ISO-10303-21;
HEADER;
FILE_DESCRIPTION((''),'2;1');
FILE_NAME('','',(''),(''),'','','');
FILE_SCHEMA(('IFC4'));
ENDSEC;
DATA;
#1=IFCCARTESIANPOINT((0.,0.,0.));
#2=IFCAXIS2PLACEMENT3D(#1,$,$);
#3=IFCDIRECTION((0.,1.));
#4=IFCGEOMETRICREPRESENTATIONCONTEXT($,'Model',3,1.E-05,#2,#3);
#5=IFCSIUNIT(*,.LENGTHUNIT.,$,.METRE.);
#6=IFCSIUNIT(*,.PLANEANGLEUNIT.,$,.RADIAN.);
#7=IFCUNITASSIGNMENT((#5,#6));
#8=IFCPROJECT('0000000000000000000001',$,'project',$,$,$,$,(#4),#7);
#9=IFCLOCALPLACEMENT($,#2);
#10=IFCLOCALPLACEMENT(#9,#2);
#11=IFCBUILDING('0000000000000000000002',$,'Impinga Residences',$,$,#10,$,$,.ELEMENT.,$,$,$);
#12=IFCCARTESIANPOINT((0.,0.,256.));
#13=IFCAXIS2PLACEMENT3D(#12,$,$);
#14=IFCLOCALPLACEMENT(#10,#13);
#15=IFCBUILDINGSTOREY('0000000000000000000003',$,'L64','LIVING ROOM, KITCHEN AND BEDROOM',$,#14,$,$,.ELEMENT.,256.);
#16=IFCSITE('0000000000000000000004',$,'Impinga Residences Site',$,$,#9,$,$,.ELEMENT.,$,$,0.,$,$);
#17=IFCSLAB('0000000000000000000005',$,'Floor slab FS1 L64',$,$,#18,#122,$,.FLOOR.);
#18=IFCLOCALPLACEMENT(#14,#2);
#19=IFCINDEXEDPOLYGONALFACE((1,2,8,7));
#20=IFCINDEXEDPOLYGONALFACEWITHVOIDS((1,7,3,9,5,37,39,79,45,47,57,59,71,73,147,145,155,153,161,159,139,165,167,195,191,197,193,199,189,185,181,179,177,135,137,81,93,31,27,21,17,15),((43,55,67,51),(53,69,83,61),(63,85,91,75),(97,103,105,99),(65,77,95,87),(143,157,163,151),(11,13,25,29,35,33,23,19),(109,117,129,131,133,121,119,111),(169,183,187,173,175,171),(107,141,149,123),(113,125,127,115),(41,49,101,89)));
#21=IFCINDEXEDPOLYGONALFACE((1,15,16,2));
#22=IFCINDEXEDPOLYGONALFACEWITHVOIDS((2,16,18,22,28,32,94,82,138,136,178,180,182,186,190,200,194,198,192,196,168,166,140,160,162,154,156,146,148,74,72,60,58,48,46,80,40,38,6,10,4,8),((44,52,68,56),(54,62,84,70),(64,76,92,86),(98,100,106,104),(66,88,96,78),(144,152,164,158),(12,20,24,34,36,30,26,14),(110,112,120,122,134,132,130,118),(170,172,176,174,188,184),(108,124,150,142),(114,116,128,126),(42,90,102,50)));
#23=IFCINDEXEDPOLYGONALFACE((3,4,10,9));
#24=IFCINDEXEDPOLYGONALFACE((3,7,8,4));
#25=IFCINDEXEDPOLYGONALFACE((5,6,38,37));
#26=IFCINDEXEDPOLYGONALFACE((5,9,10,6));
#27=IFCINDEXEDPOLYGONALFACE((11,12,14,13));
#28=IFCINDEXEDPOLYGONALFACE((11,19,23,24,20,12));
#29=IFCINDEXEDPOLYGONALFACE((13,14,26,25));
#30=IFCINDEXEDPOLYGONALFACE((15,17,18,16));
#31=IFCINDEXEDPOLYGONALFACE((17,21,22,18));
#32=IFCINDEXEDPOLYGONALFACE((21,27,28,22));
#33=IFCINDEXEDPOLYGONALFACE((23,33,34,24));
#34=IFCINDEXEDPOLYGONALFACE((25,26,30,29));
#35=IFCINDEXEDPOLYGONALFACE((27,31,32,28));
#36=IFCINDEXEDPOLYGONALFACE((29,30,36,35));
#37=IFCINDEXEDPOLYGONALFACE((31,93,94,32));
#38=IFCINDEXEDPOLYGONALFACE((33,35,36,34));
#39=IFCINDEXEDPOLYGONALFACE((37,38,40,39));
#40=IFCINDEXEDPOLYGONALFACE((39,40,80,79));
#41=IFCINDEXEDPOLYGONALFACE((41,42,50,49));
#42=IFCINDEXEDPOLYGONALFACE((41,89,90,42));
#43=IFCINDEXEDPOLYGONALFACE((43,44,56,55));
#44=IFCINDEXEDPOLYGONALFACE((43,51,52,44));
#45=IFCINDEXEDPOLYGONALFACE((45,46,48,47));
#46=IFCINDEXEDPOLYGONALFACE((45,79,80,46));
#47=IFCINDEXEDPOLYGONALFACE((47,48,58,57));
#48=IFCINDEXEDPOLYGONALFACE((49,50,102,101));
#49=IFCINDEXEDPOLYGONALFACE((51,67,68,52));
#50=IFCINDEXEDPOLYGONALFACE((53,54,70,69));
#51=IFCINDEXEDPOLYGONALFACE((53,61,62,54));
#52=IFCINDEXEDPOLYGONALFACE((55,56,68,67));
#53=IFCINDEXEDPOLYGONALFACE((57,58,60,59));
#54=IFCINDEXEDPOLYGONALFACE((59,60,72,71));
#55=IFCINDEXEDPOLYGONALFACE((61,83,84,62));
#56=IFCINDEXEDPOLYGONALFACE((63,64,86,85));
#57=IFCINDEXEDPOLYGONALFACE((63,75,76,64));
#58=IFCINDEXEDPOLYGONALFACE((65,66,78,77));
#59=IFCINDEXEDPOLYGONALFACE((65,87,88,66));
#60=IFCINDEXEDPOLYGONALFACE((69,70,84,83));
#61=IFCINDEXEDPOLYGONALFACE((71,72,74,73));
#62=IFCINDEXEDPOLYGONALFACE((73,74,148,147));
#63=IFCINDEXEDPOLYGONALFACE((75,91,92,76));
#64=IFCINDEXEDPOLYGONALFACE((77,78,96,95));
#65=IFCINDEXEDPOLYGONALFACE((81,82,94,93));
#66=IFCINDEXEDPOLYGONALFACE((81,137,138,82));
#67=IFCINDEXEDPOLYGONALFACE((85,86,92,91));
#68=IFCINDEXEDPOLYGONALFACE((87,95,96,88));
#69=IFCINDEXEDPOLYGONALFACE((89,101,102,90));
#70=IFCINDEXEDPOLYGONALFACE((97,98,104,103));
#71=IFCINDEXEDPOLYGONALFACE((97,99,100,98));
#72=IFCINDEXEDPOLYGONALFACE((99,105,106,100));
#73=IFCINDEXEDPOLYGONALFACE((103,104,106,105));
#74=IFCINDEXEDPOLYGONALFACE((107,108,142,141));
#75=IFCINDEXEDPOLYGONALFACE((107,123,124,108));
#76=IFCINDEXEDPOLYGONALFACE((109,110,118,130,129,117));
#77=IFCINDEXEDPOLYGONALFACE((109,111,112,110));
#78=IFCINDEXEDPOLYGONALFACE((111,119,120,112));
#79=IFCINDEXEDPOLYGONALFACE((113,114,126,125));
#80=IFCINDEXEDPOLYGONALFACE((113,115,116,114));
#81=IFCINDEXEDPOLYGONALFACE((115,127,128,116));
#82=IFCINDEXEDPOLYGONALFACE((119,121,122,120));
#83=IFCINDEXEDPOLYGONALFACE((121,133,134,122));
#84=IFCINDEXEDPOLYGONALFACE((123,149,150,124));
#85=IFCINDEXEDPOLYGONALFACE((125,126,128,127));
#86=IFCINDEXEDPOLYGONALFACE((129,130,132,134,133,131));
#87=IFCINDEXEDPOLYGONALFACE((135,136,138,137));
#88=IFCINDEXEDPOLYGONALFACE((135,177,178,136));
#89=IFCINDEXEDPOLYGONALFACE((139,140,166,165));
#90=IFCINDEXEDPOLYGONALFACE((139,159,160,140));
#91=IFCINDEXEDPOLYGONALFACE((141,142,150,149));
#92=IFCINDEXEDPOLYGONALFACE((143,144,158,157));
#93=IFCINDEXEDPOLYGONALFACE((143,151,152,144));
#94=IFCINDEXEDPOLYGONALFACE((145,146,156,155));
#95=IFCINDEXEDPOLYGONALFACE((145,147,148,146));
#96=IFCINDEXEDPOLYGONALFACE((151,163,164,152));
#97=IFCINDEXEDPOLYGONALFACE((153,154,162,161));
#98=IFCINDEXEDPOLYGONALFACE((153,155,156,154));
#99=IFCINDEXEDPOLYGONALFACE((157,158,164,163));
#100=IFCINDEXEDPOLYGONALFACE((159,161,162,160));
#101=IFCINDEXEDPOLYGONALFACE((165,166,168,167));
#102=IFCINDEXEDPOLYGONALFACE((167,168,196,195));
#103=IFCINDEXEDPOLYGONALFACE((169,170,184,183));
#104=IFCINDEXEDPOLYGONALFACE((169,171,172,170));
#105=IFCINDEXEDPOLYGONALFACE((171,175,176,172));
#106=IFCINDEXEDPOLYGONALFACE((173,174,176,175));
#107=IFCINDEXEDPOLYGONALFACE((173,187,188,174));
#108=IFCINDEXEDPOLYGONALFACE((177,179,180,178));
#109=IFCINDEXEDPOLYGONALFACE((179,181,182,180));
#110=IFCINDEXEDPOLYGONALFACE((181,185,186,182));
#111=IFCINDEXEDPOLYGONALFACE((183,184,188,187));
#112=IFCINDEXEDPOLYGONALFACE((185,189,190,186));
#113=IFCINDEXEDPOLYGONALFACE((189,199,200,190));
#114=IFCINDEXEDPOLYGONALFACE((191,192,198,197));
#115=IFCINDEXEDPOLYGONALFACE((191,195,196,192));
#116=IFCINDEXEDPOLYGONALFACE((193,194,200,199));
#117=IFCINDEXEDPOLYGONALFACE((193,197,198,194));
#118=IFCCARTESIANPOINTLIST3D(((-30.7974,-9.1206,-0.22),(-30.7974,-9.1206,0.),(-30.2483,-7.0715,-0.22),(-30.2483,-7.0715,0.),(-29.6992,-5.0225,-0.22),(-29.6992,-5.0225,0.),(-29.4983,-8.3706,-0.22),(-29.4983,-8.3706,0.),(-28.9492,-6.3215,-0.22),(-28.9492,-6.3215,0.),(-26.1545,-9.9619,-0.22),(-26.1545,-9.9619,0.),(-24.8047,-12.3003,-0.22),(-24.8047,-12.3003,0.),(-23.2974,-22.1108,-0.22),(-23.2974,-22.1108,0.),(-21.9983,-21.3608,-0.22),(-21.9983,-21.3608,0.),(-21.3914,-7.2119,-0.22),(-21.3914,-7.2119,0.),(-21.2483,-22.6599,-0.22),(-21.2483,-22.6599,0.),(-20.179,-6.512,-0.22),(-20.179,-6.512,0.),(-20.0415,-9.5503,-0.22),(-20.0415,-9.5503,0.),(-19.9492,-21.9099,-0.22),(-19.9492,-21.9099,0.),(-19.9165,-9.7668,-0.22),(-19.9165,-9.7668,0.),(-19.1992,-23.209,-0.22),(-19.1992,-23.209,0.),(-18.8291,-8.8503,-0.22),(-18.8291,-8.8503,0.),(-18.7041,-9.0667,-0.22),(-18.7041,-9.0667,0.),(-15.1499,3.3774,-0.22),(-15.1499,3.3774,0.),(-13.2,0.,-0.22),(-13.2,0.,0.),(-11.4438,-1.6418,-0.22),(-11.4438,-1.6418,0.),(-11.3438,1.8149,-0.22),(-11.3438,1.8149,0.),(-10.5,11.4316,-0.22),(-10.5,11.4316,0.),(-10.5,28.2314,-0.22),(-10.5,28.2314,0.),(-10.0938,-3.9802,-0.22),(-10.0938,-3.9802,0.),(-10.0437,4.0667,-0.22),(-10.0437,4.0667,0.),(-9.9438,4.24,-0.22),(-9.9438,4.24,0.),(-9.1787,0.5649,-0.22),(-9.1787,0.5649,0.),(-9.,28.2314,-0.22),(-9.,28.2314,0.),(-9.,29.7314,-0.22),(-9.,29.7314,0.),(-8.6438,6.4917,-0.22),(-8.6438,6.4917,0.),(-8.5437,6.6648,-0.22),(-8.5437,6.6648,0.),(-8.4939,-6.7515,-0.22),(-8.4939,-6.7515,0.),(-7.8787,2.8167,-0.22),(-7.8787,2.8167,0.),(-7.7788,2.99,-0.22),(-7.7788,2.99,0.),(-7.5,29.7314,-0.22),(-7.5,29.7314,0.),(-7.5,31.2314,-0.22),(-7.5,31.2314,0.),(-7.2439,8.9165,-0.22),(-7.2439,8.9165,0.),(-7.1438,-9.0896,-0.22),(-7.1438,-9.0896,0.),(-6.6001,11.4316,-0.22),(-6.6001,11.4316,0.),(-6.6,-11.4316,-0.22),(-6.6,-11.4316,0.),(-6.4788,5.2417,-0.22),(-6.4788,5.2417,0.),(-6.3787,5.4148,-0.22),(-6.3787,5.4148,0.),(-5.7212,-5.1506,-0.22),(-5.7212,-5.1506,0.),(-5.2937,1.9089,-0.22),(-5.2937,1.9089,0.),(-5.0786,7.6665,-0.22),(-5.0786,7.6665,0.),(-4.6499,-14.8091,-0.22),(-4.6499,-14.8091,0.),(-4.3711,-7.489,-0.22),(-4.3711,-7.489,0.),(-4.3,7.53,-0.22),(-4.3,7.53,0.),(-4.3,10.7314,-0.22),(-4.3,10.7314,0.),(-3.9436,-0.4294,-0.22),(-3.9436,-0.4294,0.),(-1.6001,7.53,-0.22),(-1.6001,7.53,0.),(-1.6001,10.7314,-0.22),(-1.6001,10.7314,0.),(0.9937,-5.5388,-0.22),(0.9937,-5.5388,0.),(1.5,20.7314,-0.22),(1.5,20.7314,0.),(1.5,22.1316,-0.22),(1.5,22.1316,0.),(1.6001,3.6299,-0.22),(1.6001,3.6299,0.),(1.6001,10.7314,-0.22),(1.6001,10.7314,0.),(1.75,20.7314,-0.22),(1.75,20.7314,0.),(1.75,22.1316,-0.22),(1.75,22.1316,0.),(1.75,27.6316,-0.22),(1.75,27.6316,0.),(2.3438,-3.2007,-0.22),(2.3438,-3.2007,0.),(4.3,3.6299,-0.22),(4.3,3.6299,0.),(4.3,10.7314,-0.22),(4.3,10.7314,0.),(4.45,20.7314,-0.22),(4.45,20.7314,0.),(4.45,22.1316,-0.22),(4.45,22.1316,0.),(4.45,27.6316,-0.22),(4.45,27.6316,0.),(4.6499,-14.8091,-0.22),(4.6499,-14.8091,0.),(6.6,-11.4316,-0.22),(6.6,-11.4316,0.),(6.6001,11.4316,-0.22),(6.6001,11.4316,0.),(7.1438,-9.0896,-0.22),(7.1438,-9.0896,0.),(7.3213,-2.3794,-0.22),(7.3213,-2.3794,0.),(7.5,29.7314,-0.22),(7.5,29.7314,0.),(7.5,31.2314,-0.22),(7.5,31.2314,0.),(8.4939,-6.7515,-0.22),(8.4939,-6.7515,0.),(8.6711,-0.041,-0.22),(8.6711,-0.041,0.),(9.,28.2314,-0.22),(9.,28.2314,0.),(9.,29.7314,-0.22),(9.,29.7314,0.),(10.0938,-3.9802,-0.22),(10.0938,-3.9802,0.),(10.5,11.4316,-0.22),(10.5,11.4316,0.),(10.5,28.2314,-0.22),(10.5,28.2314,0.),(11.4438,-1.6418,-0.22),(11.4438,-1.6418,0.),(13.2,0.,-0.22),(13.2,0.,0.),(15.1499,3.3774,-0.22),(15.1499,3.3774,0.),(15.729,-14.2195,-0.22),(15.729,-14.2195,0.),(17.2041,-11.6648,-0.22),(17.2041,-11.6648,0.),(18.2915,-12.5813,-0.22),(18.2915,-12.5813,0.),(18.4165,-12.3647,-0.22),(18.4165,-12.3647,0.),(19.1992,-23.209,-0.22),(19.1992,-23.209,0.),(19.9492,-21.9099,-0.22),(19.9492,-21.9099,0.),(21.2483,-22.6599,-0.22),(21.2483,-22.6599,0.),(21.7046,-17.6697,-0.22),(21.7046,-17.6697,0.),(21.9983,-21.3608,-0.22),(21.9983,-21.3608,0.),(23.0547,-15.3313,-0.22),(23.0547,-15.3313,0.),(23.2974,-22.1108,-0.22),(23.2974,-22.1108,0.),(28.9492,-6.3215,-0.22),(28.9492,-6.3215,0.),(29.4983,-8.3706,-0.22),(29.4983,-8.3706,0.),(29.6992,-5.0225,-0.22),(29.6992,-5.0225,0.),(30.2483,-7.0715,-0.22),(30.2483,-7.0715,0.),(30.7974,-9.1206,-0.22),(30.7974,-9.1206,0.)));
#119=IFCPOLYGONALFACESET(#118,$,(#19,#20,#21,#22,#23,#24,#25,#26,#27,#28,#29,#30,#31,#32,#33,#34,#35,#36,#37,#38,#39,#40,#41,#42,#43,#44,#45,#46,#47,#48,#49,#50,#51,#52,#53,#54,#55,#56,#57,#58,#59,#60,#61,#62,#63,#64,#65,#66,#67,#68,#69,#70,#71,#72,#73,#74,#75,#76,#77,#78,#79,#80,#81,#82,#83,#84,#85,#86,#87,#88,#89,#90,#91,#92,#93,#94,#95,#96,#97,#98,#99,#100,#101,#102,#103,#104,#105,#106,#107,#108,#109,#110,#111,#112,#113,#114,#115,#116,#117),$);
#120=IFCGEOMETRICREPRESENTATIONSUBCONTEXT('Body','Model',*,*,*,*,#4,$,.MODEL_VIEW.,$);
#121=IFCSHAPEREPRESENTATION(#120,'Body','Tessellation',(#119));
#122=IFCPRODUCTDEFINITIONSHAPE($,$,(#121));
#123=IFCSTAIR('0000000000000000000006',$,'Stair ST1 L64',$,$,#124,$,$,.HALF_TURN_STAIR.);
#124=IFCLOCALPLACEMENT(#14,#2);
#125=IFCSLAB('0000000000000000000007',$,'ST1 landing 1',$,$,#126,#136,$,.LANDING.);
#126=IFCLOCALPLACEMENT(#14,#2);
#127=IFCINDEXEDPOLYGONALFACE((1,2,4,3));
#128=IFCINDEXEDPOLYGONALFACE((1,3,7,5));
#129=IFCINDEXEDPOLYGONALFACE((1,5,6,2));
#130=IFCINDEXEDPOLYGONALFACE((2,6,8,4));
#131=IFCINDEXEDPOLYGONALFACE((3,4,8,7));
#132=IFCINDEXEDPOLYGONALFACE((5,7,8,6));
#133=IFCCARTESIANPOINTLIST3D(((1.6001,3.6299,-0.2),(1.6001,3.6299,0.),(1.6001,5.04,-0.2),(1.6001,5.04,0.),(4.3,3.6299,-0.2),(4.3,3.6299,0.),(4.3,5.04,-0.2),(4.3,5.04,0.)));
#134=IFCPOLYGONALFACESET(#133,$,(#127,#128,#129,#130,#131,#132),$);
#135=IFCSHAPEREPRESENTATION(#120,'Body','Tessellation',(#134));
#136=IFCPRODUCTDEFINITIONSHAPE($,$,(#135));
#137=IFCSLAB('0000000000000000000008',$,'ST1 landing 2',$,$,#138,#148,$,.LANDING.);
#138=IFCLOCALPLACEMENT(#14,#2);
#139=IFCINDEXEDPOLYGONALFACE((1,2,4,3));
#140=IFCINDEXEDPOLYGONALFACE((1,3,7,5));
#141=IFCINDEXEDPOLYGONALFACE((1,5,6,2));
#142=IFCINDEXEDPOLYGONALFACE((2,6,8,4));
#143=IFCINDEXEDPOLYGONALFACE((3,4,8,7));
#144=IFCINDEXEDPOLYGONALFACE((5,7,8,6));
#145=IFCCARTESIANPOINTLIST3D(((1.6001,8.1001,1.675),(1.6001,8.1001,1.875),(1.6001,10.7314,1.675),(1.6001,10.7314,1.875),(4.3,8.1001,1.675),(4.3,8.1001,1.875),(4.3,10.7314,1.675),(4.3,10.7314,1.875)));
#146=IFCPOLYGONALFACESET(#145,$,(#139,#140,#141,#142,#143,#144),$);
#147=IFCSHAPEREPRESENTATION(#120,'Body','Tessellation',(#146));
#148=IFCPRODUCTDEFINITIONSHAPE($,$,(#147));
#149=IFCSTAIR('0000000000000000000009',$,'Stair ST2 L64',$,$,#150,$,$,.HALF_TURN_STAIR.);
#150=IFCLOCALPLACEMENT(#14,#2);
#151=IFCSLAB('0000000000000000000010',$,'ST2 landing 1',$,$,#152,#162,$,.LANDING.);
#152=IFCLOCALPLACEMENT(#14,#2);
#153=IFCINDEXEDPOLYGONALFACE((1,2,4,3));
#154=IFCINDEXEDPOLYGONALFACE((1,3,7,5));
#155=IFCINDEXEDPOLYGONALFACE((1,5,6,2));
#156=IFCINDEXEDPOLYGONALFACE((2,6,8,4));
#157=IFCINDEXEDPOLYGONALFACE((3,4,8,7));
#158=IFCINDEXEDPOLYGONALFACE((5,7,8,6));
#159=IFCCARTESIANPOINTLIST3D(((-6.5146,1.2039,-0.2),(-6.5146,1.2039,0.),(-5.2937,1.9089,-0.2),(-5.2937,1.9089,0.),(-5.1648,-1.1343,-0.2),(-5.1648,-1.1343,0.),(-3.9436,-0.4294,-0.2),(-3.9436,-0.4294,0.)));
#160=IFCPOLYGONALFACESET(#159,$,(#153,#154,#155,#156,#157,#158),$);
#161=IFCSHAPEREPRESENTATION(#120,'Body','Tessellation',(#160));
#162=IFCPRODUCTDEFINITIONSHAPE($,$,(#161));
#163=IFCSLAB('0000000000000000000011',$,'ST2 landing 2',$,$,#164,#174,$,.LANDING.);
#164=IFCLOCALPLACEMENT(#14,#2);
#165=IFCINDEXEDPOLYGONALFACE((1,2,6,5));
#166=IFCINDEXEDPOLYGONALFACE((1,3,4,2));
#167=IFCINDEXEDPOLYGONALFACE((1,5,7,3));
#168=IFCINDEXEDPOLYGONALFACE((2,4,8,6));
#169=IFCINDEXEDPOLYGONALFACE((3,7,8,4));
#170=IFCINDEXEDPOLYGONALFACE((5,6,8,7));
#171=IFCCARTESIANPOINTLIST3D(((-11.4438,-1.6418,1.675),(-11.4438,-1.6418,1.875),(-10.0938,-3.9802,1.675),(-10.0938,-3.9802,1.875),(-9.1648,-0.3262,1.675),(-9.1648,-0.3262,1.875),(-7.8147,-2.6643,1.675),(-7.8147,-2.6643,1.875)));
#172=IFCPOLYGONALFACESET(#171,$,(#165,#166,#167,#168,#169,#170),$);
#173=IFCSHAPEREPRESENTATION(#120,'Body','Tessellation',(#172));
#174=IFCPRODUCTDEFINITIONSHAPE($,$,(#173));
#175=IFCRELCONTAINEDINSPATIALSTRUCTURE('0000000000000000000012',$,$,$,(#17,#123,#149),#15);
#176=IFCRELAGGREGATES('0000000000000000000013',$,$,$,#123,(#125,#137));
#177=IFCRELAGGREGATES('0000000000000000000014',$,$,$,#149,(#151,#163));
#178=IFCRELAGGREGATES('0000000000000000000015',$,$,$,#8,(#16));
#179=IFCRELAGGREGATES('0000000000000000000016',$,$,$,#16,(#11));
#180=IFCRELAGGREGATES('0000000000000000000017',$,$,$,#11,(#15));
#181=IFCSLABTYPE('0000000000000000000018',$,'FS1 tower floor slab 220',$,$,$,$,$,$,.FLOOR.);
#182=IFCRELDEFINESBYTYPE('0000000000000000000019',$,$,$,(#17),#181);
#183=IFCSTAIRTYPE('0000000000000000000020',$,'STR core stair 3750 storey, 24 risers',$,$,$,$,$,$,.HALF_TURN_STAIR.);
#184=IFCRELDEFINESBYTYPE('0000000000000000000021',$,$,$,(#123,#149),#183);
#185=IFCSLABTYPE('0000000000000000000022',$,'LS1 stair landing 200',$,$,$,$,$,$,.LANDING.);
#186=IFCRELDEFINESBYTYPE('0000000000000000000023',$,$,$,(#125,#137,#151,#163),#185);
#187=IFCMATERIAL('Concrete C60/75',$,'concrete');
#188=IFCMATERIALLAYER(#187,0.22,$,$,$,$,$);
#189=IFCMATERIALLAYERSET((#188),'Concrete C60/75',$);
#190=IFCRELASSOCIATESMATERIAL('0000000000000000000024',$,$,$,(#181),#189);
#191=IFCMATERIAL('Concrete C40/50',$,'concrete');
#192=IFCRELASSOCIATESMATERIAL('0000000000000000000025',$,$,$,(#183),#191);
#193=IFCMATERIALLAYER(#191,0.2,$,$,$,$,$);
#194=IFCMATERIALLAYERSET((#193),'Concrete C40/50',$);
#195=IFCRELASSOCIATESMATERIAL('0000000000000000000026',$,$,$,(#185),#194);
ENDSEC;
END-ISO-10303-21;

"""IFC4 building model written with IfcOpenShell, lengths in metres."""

from ifc_helpers import new_model, si_unit, direction, frame, origin, place, context, subcontext, project, spatial, polyline, outline, extrude, material, layer, layer_set, type_object, element, aggregate, save


model = new_model("IFC4")

# Units and contexts
model_context = context("Model", 3, precision=1e-05, world=origin(), true_north=direction((0.0, 1.0)))
body_context = subcontext(model_context, "Body", "Model", "MODEL_VIEW")
ifc_project = project(units=[si_unit("LENGTHUNIT", "METRE"), si_unit("PLANEANGLEUNIT", "RADIAN")], contexts=[model_context])

# Site, building, storey
site_placement = place(None, origin())
site = spatial("IfcSite", under=ifc_project, at=site_placement, Name="Impinga Residences Site", CompositionType="ELEMENT", RefElevation=0.0)
building_placement = place(site_placement, origin())
building = spatial("IfcBuilding", under=site, at=building_placement, Name="Impinga Residences", CompositionType="ELEMENT")
storey_placement = place(building_placement, frame((0.0, 0.0, 256.0)))
storey = spatial("IfcBuildingStorey", under=building, at=storey_placement, Name="L64", Description="LIVING ROOM, KITCHEN AND BEDROOM", CompositionType="ELEMENT", Elevation=256.0)

# Slab
ifc_material_1 = material(Name="Concrete C60/75", Category="concrete")
ifc_layer_1 = layer(ifc_material_1, 0.22)
ifc_layer_set_1 = layer_set([ifc_layer_1], Name="Concrete C60/75")
slab_type_1 = type_object("IfcSlabType", Name="FS1 tower floor slab 220", PredefinedType="FLOOR", material=ifc_layer_set_1)
slab_1_placement = place(storey_placement, frame((0.0, 0.0, -0.22)))
element("IfcSlab", 1, at=slab_1_placement, inside=storey, type_object=slab_type_1, Name="Floor slab FS1 L64", PredefinedType="FLOOR", context=body_context, shape_type="SweptSolid", body=[
    extrude(outline(polyline([(-19.9492, -21.9099), (-21.2483, -22.6599), (-21.9983, -21.3608), (-23.2974, -22.1108), (-30.7974, -9.1206), (-29.4983, -8.3706), (-30.2483, -7.0715), (-28.9492, -6.3215), (-29.6992, -5.0225), (-15.1499, 3.3774), (-13.2, 0.0), (-6.6001, 11.4316), (-10.5, 11.4316), (-10.5, 28.2314), (-9.0, 28.2314), (-9.0, 29.7314), (-7.5, 29.7314), (-7.5, 31.2314), (7.5, 31.2314), (7.5, 29.7314), (9.0, 29.7314), (9.0, 28.2314), (10.5, 28.2314), (10.5, 11.4316), (6.6001, 11.4316), (13.2, 0.0), (15.1499, 3.3774), (29.6992, -5.0225), (28.9492, -6.3215), (30.2483, -7.0715), (29.4983, -8.3706), (30.7974, -9.1206), (23.2974, -22.1108), (21.9983, -21.3608), (21.2483, -22.6599), (19.9492, -21.9099), (19.1992, -23.209), (4.6499, -14.8091), (9.9001, -5.7158), (6.6001, -11.4316), (-6.6001, -11.4316), (-9.9001, -5.7158), (-4.6499, -14.8091), (-19.1992, -23.209), (-19.9492, -21.9099)]), holes=[polyline([(-18.7041, -9.0667), (-18.8291, -8.8503), (-18.8291, -8.8503), (-20.179, -6.512), (-21.3914, -7.2119), (-21.3914, -7.2119), (-26.1545, -9.9619), (-24.8047, -12.3003), (-20.0415, -9.5503), (-19.9165, -9.7668), (-18.7041, -9.0667)]), polyline([(-5.7212, -5.1506), (-8.4939, -6.7515), (-7.1438, -9.0896), (-4.3711, -7.489), (-5.7212, -5.1506)]), polyline([(-5.2937, 1.9089), (-11.4438, -1.6418), (-10.0938, -3.9802), (-3.9436, -0.4294), (-5.2937, 1.9089)]), polyline([(-7.8787, 2.8167), (-10.0437, 4.0667), (-11.3438, 1.8149), (-9.1787, 0.5649), (-7.8787, 2.8167)]), polyline([(-6.4788, 5.2417), (-8.6438, 6.4917), (-9.9438, 4.24), (-7.7788, 2.99), (-6.4788, 5.2417)]), polyline([(-6.3787, 5.4148), (-5.0786, 7.6665), (-7.2439, 8.9165), (-8.5437, 6.6648), (-6.3787, 5.4148)]), polyline([(-4.3, 7.53), (-1.6001, 7.53), (-1.6001, 10.7314), (-4.3, 10.7314), (-4.3, 7.53)]), polyline([(15.729, -14.2195), (21.7046, -17.6697), (23.0547, -15.3313), (18.2915, -12.5813), (18.4165, -12.3647), (17.2041, -11.6648), (15.729, -14.2195)]), polyline([(0.9937, -5.5388), (7.1438, -9.0896), (8.4939, -6.7515), (2.3438, -3.2007), (0.9937, -5.5388)]), polyline([(7.3213, -2.3794), (10.0938, -3.9802), (11.4438, -1.6418), (8.6711, -0.041), (7.3213, -2.3794)]), polyline([(4.3, 3.6299), (4.3, 10.7314), (1.6001, 10.7314), (1.6001, 3.6299), (4.3, 3.6299)]), polyline([(1.75, 22.1316), (1.5, 22.1316), (1.5, 20.7314), (1.75, 20.7314), (4.45, 20.7314), (4.45, 22.1316), (4.45, 27.6316), (1.75, 27.6316), (1.75, 22.1316)])]), origin(), (0.0, 0.0, 1.0), 0.22),
])

# Stairs, slabs
ifc_material_2 = material(Name="Concrete C40/50", Category="concrete")
stair_type_1 = type_object("IfcStairType", Name="STR core stair 3750 storey, 24 risers", PredefinedType="HALF_TURN_STAIR", material=ifc_material_2)
stair_1_placement = place(storey_placement, origin())
stair_1 = element("IfcStair", 2, at=stair_1_placement, inside=storey, type_object=stair_type_1, Name="Stair ST1 L64", PredefinedType="HALF_TURN_STAIR")
ifc_layer_2 = layer(ifc_material_2, 0.2)
ifc_layer_set_2 = layer_set([ifc_layer_2], Name="Concrete C40/50")
slab_type_2 = type_object("IfcSlabType", Name="LS1 stair landing 200", PredefinedType="LANDING", material=ifc_layer_set_2)
slab_2_placement = place(storey_placement, frame((0.0, 0.0, -0.2)))
slab_2 = element("IfcSlab", 3, at=slab_2_placement, type_object=slab_type_2, Name="ST1 landing 1", PredefinedType="LANDING", context=body_context, shape_type="SweptSolid", body=[
    extrude(outline(polyline([(1.6001, 3.6299), (4.3, 3.6299), (4.3, 5.04), (1.6001, 5.04), (1.6001, 3.6299)])), origin(), (0.0, 0.0, 1.0), 0.2),
])
slab_3_placement = place(storey_placement, frame((0.0, 0.0, 1.675)))
slab_3 = element("IfcSlab", 4, at=slab_3_placement, type_object=slab_type_2, Name="ST1 landing 2", PredefinedType="LANDING", context=body_context, shape_type="SweptSolid", body=[
    extrude(outline(polyline([(1.6001, 8.1001), (4.3, 8.1001), (4.3, 10.7314), (1.6001, 10.7314), (1.6001, 8.1001)])), origin(), (0.0, 0.0, 1.0), 0.2),
])
aggregate(stair_1, [slab_2, slab_3])
stair_2_placement = place(storey_placement, origin())
stair_2 = element("IfcStair", 5, at=stair_2_placement, inside=storey, type_object=stair_type_1, Name="Stair ST2 L64", PredefinedType="HALF_TURN_STAIR")
slab_4_placement = place(storey_placement, frame((0.0, 0.0, -0.2)))
slab_4 = element("IfcSlab", 6, at=slab_4_placement, type_object=slab_type_2, Name="ST2 landing 1", PredefinedType="LANDING", context=body_context, shape_type="SweptSolid", body=[
    extrude(outline(polyline([(-3.9436, -0.4294), (-5.2937, 1.9089), (-6.5146, 1.2039), (-5.1648, -1.1343), (-3.9436, -0.4294)])), origin(), (0.0, 0.0, 1.0), 0.2),
])
slab_5_placement = place(storey_placement, frame((0.0, 0.0, 1.675)))
slab_5 = element("IfcSlab", 7, at=slab_5_placement, type_object=slab_type_2, Name="ST2 landing 2", PredefinedType="LANDING", context=body_context, shape_type="SweptSolid", body=[
    extrude(outline(polyline([(-7.8147, -2.6643), (-9.1648, -0.3262), (-11.4438, -1.6418), (-10.0938, -3.9802), (-7.8147, -2.6643)])), origin(), (0.0, 0.0, 1.0), 0.2),
])
aggregate(stair_2, [slab_4, slab_5])

save(model, "model.ifc")
